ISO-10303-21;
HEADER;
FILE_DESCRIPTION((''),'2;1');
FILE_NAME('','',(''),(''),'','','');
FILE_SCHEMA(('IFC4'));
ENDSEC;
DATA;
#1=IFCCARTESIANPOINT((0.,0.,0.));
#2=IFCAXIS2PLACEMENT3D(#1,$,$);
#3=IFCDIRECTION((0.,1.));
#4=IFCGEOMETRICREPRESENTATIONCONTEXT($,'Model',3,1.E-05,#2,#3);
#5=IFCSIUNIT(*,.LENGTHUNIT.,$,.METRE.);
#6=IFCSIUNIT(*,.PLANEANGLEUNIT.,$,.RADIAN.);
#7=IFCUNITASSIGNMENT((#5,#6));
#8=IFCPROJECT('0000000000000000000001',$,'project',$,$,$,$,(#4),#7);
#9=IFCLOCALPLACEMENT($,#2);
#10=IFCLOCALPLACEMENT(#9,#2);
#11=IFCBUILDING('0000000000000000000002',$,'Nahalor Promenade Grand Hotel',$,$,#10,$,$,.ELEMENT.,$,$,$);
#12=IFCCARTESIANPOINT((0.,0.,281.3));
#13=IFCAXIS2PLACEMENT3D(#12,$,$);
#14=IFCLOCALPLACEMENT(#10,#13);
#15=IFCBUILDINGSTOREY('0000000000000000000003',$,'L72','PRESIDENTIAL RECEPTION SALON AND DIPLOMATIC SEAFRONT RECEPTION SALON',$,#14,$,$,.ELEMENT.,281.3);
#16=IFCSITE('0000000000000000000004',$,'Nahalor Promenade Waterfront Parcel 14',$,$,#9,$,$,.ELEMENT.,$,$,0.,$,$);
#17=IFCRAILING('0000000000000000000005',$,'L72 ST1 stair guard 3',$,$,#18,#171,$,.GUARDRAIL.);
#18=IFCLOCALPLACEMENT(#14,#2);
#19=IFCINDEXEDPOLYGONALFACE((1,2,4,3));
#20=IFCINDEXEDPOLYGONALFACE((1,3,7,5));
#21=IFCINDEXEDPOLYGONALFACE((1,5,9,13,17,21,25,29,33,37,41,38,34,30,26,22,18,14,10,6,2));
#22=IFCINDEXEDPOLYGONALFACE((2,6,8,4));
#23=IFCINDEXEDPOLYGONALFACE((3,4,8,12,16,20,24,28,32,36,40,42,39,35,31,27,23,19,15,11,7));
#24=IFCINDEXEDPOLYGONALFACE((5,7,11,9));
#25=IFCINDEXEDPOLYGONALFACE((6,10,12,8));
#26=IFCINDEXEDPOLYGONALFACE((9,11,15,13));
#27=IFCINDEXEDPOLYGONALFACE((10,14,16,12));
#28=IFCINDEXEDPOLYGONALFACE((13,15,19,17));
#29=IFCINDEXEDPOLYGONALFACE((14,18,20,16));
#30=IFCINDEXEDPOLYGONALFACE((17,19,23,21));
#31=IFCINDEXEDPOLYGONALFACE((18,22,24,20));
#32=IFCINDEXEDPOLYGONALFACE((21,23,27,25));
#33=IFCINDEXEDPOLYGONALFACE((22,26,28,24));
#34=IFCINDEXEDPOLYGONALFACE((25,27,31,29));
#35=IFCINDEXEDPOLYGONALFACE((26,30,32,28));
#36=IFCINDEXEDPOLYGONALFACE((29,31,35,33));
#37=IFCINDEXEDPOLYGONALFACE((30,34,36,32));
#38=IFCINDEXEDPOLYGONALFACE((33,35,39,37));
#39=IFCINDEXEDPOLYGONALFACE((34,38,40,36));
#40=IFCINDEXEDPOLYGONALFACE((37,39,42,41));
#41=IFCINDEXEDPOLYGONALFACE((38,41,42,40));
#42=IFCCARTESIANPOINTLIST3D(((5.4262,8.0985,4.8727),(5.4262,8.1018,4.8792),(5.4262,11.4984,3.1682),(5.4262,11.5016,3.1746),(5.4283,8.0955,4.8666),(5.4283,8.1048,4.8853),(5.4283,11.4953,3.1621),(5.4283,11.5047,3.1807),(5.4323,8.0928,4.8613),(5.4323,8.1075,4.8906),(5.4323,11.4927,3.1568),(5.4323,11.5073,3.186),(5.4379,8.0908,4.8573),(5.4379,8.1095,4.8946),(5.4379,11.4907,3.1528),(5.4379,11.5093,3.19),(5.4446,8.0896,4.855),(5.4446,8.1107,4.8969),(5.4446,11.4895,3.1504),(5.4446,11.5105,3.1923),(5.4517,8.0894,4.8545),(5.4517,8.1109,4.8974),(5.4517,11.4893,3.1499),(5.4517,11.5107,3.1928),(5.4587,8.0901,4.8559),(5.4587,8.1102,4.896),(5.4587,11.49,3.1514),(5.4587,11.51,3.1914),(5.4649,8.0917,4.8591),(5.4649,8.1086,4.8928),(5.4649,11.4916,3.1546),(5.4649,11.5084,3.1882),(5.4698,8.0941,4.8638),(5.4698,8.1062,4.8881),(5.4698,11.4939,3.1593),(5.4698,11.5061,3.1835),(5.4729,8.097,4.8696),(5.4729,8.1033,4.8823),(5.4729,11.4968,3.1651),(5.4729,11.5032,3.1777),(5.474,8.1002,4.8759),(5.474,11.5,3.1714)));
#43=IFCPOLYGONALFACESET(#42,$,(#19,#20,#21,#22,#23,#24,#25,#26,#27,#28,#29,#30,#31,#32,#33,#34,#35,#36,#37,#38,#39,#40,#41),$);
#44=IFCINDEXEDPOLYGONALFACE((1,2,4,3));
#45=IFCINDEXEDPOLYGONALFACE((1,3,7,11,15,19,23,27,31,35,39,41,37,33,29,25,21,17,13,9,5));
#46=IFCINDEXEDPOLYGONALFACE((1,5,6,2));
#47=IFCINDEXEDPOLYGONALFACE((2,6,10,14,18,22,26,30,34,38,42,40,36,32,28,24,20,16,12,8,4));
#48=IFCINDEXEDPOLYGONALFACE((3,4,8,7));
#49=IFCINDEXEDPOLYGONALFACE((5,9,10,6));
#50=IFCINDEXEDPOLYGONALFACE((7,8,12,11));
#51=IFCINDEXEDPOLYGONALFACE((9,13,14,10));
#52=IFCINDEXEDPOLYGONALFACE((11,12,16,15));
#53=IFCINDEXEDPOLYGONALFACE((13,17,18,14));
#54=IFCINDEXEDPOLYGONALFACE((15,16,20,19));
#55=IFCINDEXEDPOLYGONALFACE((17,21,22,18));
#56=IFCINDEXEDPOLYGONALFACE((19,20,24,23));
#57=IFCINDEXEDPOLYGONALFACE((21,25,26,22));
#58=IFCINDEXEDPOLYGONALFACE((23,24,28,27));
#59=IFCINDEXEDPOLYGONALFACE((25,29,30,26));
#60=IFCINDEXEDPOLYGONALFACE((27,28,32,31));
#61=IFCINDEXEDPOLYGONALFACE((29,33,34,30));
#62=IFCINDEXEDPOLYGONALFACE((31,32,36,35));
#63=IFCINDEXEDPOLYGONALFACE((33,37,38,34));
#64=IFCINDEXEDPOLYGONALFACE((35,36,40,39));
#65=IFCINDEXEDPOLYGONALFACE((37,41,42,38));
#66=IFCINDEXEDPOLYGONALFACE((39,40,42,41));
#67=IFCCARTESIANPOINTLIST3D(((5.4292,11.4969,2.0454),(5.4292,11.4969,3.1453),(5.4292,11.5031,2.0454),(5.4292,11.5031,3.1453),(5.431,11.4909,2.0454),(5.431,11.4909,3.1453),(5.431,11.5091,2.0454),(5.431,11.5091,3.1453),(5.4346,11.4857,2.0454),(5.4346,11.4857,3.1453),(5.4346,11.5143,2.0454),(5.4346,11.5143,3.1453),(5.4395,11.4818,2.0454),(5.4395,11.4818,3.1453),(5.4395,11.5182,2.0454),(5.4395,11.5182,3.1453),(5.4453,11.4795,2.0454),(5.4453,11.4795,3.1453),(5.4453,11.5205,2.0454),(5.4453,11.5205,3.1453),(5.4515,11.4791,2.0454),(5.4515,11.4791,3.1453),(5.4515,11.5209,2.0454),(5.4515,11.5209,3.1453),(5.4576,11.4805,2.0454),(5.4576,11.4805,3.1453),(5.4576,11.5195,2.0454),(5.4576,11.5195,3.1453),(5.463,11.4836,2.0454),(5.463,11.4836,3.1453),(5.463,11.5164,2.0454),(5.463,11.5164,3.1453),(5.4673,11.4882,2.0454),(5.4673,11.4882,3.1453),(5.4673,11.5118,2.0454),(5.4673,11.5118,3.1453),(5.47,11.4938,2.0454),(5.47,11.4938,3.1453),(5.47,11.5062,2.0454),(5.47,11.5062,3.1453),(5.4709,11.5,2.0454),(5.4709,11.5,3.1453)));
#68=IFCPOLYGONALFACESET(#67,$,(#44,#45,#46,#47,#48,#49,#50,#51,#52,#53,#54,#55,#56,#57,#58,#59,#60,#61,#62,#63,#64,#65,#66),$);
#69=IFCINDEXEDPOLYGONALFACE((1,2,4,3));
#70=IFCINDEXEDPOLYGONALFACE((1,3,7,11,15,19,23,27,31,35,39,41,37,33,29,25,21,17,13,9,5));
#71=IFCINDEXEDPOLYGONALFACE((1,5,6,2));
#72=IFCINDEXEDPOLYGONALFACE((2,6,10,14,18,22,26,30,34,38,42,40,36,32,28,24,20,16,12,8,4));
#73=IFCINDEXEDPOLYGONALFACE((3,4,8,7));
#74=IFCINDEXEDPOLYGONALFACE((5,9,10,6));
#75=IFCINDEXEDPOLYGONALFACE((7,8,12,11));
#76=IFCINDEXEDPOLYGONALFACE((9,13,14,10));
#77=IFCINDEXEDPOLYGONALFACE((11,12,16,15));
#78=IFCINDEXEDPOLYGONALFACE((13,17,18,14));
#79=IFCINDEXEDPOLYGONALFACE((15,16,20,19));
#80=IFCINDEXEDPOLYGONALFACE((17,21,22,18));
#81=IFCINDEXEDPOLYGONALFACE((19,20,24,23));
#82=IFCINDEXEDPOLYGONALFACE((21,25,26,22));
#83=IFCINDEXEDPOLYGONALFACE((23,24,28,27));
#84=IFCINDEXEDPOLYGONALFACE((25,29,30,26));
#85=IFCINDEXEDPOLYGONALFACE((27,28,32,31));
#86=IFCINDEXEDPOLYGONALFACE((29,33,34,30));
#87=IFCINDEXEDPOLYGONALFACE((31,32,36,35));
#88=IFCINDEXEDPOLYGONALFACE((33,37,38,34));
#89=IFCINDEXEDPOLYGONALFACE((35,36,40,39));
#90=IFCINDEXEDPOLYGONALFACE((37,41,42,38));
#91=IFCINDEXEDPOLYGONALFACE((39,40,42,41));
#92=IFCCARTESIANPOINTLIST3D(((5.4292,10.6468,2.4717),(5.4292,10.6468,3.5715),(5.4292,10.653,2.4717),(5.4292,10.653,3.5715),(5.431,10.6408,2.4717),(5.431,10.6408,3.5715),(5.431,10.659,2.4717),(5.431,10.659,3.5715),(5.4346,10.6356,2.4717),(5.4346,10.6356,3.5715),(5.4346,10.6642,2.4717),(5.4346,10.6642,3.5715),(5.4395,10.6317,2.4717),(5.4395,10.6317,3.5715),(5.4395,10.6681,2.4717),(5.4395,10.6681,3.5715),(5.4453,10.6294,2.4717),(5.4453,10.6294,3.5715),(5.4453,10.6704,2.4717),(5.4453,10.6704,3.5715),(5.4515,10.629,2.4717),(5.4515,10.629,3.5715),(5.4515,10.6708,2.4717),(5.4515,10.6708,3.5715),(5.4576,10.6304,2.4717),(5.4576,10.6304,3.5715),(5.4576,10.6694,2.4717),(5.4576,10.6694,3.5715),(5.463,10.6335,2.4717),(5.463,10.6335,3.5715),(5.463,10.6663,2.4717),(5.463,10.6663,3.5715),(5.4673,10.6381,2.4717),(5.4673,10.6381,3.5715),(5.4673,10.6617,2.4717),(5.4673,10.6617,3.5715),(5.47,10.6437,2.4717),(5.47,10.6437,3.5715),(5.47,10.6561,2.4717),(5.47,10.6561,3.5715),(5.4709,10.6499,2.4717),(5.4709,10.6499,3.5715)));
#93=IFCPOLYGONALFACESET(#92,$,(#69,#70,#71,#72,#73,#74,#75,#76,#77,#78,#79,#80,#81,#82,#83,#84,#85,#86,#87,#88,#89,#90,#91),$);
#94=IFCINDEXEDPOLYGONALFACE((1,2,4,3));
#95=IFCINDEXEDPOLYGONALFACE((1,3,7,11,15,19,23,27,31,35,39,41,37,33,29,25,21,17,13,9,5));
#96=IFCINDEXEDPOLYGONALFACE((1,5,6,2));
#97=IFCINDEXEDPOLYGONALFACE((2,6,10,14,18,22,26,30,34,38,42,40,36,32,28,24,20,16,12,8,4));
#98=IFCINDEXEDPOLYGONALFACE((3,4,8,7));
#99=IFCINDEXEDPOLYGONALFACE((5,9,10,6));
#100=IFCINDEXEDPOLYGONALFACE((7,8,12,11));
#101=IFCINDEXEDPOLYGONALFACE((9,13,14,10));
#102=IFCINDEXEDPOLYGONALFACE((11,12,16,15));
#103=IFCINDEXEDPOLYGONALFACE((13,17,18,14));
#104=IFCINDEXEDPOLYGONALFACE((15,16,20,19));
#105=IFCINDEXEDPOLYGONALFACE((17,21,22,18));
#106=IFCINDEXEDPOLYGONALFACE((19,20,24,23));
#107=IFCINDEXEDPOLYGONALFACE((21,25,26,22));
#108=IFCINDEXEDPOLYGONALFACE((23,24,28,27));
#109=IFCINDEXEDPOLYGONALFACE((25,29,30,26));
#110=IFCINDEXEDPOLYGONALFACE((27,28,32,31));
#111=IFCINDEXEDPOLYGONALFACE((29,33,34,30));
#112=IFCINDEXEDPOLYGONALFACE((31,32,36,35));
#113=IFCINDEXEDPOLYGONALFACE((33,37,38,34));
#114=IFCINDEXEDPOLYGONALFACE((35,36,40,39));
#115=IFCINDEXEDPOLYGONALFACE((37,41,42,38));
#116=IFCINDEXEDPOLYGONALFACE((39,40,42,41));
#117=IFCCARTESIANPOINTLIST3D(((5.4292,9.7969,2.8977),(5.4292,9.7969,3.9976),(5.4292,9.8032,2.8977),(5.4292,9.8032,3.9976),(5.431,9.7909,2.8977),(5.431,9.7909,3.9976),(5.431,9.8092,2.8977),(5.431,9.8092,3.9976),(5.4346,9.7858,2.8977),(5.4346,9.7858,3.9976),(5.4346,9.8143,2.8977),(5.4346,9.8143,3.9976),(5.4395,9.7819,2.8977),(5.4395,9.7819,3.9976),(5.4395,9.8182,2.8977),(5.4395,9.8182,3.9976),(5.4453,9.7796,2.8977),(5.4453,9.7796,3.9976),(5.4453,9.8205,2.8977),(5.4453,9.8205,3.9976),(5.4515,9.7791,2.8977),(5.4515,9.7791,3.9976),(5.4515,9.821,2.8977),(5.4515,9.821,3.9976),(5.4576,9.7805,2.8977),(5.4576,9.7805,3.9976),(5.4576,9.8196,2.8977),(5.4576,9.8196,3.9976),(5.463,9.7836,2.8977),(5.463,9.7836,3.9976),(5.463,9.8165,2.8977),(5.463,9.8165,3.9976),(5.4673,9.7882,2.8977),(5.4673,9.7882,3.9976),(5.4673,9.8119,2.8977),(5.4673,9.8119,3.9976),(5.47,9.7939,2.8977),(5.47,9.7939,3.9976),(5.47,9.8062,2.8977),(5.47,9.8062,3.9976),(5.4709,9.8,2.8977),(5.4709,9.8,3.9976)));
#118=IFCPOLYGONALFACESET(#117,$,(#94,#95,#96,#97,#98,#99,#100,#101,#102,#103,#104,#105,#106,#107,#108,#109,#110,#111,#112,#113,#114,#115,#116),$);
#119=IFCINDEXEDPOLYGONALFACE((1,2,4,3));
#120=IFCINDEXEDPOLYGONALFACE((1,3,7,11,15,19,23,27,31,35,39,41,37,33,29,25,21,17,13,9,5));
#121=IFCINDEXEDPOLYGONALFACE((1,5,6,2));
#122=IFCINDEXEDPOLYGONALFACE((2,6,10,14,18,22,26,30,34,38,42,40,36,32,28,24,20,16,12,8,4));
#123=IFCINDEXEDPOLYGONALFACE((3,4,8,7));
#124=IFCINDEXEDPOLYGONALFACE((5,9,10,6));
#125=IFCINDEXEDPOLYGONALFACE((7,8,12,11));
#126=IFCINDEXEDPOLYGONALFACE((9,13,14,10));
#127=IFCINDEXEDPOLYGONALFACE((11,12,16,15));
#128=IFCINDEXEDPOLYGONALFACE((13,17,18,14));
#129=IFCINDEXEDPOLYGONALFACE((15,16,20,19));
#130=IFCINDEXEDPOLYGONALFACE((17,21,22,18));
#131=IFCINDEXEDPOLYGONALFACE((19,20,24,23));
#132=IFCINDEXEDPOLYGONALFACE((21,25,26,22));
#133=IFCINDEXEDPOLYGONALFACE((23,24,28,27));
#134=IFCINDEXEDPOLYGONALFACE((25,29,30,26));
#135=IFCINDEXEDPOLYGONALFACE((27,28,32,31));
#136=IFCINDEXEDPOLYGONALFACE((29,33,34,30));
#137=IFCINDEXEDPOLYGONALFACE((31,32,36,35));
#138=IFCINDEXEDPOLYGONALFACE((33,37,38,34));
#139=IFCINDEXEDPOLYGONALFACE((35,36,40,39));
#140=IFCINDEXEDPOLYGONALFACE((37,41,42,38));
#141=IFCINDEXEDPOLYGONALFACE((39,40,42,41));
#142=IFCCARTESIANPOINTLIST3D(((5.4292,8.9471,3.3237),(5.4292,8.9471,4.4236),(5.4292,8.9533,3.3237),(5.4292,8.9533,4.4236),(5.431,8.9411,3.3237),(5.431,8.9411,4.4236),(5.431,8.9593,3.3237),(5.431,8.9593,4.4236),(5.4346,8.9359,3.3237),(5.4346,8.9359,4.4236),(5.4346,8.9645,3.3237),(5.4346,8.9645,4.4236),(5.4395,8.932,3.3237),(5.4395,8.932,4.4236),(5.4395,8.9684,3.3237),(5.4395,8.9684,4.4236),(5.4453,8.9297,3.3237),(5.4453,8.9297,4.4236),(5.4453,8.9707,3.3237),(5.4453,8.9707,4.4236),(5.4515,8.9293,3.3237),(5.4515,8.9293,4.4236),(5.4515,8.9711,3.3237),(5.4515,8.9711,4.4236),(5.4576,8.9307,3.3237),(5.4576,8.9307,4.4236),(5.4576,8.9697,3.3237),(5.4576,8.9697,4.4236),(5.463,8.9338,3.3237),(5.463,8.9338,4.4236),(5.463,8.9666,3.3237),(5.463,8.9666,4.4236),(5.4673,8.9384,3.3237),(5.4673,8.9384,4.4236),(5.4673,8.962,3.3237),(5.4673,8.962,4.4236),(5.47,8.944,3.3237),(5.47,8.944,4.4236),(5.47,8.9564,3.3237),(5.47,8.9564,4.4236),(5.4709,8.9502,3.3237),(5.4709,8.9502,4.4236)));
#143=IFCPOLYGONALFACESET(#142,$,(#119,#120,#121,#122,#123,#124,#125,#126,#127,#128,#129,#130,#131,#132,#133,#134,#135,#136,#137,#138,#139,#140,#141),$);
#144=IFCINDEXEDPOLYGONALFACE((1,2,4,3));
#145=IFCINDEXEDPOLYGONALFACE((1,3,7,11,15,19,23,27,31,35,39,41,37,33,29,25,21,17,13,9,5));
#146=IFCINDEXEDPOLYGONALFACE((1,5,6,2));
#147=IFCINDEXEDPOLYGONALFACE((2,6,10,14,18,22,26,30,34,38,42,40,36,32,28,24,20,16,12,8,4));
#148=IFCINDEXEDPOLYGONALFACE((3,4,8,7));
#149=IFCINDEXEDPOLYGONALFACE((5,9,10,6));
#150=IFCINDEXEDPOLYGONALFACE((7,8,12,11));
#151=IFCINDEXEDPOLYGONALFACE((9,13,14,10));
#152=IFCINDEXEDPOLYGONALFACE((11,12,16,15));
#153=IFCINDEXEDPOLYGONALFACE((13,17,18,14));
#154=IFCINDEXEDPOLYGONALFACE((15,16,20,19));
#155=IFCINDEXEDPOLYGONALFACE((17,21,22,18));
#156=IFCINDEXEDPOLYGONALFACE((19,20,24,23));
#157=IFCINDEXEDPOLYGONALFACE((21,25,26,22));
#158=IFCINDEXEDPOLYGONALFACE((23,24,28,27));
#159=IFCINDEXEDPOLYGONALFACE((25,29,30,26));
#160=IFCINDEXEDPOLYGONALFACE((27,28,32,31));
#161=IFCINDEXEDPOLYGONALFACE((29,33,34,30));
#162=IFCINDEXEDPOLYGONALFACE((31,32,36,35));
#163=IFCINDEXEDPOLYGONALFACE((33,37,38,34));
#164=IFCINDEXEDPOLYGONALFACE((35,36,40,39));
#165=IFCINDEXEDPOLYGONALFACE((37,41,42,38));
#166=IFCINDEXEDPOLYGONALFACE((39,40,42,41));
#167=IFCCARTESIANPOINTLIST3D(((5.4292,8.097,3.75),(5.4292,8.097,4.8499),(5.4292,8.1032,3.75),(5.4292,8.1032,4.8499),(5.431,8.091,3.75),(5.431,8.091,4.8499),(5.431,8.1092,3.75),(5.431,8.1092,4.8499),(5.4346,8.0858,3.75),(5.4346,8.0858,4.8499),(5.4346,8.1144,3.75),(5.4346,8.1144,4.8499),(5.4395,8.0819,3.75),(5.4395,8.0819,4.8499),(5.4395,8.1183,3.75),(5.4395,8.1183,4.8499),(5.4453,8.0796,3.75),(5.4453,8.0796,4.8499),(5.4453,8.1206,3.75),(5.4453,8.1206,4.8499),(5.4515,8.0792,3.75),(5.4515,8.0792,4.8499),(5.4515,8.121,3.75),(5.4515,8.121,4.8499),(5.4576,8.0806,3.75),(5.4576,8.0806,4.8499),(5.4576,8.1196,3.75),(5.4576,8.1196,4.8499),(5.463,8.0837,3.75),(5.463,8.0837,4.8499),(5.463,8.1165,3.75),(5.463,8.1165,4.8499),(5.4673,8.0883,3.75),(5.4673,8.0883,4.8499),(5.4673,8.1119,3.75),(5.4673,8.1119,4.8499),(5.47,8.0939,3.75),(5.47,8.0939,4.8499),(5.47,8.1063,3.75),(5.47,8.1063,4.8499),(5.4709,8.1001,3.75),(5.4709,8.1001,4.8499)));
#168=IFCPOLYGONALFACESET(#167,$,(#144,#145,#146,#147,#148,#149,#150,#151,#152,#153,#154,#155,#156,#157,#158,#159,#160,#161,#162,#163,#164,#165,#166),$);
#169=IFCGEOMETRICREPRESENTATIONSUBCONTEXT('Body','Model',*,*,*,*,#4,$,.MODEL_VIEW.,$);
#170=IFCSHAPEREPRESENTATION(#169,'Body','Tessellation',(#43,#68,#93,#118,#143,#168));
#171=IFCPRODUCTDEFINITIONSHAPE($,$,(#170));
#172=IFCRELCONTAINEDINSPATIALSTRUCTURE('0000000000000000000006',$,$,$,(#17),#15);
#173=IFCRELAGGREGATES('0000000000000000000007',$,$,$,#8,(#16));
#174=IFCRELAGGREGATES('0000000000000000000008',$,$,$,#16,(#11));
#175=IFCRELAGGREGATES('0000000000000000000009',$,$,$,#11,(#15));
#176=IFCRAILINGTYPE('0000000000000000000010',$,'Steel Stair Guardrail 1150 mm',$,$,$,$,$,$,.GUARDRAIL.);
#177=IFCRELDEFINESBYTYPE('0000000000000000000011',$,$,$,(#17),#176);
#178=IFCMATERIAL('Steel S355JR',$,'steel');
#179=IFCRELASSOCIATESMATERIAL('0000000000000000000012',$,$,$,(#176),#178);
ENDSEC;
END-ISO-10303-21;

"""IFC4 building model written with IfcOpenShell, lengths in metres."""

from ifc_helpers import new_model, si_unit, direction, frame, origin, origin_2d, place, context, subcontext, project, spatial, circle, extrude, material, type_object, element, save


model = new_model("IFC4")

# Units and contexts
model_context = context("Model", 3, precision=1e-05, world=origin(), true_north=direction((0.0, 1.0)))
body_context = subcontext(model_context, "Body", "Model", "MODEL_VIEW")
ifc_project = project(units=[si_unit("LENGTHUNIT", "METRE"), si_unit("PLANEANGLEUNIT", "RADIAN")], contexts=[model_context])

# Site, building, storey
site_placement = place(None, origin())
site = spatial("IfcSite", under=ifc_project, at=site_placement, Name="Nahalor Promenade Waterfront Parcel 14", CompositionType="ELEMENT", RefElevation=0.0)
building_placement = place(site_placement, origin())
building = spatial("IfcBuilding", under=site, at=building_placement, Name="Nahalor Promenade Grand Hotel", CompositionType="ELEMENT")
storey_placement = place(building_placement, frame((0.0, 0.0, 281.3)))
storey = spatial("IfcBuildingStorey", under=building, at=storey_placement, Name="L72", Description="PRESIDENTIAL RECEPTION SALON AND DIPLOMATIC SEAFRONT RECEPTION SALON", CompositionType="ELEMENT", Elevation=281.3)

# Shared definitions
ifc_material_1 = material(Name="Steel S355JR", Category="steel")

# Railing
railing_type_1 = type_object("IfcRailingType", Name="Steel Stair Guardrail 1150 mm", PredefinedType="GUARDRAIL", material=ifc_material_1)
railing_1_placement = place(storey_placement, frame((5.45, 11.5, 2.0454)))
element("IfcRailing", 1, at=railing_1_placement, inside=storey, type_object=railing_type_1, Name="L72 ST1 stair guard 3", PredefinedType="GUARDRAIL", context=body_context, shape_type="SweptSolid", body=[
    extrude(circle(Radius=0.024, at=origin_2d()), frame((0.0, 0.0, 1.126), z_axis=(0.0, -0.893939, 0.448189), x_axis=(1.0, 0.0, 0.0)), (0.0, 0.0, 1.0), 3.8032),
    extrude(circle(Radius=0.021, at=origin_2d()), origin(), (0.0, 0.0, 1.0), 1.0999),
    extrude(circle(Radius=0.021, at=origin_2d()), frame((0.0, -0.8501, 0.4263)), (0.0, 0.0, 1.0), 1.0999),
    extrude(circle(Radius=0.021, at=origin_2d()), frame((0.0, -1.7, 0.8523)), (0.0, 0.0, 1.0), 1.0999),
    extrude(circle(Radius=0.021, at=origin_2d()), frame((0.0, -2.5498, 1.2783)), (0.0, 0.0, 1.0), 1.0999),
    extrude(circle(Radius=0.021, at=origin_2d()), frame((0.0, -3.3999, 1.7046)), (0.0, 0.0, 1.0), 1.0999),
])

save(model, "model.ifc")
